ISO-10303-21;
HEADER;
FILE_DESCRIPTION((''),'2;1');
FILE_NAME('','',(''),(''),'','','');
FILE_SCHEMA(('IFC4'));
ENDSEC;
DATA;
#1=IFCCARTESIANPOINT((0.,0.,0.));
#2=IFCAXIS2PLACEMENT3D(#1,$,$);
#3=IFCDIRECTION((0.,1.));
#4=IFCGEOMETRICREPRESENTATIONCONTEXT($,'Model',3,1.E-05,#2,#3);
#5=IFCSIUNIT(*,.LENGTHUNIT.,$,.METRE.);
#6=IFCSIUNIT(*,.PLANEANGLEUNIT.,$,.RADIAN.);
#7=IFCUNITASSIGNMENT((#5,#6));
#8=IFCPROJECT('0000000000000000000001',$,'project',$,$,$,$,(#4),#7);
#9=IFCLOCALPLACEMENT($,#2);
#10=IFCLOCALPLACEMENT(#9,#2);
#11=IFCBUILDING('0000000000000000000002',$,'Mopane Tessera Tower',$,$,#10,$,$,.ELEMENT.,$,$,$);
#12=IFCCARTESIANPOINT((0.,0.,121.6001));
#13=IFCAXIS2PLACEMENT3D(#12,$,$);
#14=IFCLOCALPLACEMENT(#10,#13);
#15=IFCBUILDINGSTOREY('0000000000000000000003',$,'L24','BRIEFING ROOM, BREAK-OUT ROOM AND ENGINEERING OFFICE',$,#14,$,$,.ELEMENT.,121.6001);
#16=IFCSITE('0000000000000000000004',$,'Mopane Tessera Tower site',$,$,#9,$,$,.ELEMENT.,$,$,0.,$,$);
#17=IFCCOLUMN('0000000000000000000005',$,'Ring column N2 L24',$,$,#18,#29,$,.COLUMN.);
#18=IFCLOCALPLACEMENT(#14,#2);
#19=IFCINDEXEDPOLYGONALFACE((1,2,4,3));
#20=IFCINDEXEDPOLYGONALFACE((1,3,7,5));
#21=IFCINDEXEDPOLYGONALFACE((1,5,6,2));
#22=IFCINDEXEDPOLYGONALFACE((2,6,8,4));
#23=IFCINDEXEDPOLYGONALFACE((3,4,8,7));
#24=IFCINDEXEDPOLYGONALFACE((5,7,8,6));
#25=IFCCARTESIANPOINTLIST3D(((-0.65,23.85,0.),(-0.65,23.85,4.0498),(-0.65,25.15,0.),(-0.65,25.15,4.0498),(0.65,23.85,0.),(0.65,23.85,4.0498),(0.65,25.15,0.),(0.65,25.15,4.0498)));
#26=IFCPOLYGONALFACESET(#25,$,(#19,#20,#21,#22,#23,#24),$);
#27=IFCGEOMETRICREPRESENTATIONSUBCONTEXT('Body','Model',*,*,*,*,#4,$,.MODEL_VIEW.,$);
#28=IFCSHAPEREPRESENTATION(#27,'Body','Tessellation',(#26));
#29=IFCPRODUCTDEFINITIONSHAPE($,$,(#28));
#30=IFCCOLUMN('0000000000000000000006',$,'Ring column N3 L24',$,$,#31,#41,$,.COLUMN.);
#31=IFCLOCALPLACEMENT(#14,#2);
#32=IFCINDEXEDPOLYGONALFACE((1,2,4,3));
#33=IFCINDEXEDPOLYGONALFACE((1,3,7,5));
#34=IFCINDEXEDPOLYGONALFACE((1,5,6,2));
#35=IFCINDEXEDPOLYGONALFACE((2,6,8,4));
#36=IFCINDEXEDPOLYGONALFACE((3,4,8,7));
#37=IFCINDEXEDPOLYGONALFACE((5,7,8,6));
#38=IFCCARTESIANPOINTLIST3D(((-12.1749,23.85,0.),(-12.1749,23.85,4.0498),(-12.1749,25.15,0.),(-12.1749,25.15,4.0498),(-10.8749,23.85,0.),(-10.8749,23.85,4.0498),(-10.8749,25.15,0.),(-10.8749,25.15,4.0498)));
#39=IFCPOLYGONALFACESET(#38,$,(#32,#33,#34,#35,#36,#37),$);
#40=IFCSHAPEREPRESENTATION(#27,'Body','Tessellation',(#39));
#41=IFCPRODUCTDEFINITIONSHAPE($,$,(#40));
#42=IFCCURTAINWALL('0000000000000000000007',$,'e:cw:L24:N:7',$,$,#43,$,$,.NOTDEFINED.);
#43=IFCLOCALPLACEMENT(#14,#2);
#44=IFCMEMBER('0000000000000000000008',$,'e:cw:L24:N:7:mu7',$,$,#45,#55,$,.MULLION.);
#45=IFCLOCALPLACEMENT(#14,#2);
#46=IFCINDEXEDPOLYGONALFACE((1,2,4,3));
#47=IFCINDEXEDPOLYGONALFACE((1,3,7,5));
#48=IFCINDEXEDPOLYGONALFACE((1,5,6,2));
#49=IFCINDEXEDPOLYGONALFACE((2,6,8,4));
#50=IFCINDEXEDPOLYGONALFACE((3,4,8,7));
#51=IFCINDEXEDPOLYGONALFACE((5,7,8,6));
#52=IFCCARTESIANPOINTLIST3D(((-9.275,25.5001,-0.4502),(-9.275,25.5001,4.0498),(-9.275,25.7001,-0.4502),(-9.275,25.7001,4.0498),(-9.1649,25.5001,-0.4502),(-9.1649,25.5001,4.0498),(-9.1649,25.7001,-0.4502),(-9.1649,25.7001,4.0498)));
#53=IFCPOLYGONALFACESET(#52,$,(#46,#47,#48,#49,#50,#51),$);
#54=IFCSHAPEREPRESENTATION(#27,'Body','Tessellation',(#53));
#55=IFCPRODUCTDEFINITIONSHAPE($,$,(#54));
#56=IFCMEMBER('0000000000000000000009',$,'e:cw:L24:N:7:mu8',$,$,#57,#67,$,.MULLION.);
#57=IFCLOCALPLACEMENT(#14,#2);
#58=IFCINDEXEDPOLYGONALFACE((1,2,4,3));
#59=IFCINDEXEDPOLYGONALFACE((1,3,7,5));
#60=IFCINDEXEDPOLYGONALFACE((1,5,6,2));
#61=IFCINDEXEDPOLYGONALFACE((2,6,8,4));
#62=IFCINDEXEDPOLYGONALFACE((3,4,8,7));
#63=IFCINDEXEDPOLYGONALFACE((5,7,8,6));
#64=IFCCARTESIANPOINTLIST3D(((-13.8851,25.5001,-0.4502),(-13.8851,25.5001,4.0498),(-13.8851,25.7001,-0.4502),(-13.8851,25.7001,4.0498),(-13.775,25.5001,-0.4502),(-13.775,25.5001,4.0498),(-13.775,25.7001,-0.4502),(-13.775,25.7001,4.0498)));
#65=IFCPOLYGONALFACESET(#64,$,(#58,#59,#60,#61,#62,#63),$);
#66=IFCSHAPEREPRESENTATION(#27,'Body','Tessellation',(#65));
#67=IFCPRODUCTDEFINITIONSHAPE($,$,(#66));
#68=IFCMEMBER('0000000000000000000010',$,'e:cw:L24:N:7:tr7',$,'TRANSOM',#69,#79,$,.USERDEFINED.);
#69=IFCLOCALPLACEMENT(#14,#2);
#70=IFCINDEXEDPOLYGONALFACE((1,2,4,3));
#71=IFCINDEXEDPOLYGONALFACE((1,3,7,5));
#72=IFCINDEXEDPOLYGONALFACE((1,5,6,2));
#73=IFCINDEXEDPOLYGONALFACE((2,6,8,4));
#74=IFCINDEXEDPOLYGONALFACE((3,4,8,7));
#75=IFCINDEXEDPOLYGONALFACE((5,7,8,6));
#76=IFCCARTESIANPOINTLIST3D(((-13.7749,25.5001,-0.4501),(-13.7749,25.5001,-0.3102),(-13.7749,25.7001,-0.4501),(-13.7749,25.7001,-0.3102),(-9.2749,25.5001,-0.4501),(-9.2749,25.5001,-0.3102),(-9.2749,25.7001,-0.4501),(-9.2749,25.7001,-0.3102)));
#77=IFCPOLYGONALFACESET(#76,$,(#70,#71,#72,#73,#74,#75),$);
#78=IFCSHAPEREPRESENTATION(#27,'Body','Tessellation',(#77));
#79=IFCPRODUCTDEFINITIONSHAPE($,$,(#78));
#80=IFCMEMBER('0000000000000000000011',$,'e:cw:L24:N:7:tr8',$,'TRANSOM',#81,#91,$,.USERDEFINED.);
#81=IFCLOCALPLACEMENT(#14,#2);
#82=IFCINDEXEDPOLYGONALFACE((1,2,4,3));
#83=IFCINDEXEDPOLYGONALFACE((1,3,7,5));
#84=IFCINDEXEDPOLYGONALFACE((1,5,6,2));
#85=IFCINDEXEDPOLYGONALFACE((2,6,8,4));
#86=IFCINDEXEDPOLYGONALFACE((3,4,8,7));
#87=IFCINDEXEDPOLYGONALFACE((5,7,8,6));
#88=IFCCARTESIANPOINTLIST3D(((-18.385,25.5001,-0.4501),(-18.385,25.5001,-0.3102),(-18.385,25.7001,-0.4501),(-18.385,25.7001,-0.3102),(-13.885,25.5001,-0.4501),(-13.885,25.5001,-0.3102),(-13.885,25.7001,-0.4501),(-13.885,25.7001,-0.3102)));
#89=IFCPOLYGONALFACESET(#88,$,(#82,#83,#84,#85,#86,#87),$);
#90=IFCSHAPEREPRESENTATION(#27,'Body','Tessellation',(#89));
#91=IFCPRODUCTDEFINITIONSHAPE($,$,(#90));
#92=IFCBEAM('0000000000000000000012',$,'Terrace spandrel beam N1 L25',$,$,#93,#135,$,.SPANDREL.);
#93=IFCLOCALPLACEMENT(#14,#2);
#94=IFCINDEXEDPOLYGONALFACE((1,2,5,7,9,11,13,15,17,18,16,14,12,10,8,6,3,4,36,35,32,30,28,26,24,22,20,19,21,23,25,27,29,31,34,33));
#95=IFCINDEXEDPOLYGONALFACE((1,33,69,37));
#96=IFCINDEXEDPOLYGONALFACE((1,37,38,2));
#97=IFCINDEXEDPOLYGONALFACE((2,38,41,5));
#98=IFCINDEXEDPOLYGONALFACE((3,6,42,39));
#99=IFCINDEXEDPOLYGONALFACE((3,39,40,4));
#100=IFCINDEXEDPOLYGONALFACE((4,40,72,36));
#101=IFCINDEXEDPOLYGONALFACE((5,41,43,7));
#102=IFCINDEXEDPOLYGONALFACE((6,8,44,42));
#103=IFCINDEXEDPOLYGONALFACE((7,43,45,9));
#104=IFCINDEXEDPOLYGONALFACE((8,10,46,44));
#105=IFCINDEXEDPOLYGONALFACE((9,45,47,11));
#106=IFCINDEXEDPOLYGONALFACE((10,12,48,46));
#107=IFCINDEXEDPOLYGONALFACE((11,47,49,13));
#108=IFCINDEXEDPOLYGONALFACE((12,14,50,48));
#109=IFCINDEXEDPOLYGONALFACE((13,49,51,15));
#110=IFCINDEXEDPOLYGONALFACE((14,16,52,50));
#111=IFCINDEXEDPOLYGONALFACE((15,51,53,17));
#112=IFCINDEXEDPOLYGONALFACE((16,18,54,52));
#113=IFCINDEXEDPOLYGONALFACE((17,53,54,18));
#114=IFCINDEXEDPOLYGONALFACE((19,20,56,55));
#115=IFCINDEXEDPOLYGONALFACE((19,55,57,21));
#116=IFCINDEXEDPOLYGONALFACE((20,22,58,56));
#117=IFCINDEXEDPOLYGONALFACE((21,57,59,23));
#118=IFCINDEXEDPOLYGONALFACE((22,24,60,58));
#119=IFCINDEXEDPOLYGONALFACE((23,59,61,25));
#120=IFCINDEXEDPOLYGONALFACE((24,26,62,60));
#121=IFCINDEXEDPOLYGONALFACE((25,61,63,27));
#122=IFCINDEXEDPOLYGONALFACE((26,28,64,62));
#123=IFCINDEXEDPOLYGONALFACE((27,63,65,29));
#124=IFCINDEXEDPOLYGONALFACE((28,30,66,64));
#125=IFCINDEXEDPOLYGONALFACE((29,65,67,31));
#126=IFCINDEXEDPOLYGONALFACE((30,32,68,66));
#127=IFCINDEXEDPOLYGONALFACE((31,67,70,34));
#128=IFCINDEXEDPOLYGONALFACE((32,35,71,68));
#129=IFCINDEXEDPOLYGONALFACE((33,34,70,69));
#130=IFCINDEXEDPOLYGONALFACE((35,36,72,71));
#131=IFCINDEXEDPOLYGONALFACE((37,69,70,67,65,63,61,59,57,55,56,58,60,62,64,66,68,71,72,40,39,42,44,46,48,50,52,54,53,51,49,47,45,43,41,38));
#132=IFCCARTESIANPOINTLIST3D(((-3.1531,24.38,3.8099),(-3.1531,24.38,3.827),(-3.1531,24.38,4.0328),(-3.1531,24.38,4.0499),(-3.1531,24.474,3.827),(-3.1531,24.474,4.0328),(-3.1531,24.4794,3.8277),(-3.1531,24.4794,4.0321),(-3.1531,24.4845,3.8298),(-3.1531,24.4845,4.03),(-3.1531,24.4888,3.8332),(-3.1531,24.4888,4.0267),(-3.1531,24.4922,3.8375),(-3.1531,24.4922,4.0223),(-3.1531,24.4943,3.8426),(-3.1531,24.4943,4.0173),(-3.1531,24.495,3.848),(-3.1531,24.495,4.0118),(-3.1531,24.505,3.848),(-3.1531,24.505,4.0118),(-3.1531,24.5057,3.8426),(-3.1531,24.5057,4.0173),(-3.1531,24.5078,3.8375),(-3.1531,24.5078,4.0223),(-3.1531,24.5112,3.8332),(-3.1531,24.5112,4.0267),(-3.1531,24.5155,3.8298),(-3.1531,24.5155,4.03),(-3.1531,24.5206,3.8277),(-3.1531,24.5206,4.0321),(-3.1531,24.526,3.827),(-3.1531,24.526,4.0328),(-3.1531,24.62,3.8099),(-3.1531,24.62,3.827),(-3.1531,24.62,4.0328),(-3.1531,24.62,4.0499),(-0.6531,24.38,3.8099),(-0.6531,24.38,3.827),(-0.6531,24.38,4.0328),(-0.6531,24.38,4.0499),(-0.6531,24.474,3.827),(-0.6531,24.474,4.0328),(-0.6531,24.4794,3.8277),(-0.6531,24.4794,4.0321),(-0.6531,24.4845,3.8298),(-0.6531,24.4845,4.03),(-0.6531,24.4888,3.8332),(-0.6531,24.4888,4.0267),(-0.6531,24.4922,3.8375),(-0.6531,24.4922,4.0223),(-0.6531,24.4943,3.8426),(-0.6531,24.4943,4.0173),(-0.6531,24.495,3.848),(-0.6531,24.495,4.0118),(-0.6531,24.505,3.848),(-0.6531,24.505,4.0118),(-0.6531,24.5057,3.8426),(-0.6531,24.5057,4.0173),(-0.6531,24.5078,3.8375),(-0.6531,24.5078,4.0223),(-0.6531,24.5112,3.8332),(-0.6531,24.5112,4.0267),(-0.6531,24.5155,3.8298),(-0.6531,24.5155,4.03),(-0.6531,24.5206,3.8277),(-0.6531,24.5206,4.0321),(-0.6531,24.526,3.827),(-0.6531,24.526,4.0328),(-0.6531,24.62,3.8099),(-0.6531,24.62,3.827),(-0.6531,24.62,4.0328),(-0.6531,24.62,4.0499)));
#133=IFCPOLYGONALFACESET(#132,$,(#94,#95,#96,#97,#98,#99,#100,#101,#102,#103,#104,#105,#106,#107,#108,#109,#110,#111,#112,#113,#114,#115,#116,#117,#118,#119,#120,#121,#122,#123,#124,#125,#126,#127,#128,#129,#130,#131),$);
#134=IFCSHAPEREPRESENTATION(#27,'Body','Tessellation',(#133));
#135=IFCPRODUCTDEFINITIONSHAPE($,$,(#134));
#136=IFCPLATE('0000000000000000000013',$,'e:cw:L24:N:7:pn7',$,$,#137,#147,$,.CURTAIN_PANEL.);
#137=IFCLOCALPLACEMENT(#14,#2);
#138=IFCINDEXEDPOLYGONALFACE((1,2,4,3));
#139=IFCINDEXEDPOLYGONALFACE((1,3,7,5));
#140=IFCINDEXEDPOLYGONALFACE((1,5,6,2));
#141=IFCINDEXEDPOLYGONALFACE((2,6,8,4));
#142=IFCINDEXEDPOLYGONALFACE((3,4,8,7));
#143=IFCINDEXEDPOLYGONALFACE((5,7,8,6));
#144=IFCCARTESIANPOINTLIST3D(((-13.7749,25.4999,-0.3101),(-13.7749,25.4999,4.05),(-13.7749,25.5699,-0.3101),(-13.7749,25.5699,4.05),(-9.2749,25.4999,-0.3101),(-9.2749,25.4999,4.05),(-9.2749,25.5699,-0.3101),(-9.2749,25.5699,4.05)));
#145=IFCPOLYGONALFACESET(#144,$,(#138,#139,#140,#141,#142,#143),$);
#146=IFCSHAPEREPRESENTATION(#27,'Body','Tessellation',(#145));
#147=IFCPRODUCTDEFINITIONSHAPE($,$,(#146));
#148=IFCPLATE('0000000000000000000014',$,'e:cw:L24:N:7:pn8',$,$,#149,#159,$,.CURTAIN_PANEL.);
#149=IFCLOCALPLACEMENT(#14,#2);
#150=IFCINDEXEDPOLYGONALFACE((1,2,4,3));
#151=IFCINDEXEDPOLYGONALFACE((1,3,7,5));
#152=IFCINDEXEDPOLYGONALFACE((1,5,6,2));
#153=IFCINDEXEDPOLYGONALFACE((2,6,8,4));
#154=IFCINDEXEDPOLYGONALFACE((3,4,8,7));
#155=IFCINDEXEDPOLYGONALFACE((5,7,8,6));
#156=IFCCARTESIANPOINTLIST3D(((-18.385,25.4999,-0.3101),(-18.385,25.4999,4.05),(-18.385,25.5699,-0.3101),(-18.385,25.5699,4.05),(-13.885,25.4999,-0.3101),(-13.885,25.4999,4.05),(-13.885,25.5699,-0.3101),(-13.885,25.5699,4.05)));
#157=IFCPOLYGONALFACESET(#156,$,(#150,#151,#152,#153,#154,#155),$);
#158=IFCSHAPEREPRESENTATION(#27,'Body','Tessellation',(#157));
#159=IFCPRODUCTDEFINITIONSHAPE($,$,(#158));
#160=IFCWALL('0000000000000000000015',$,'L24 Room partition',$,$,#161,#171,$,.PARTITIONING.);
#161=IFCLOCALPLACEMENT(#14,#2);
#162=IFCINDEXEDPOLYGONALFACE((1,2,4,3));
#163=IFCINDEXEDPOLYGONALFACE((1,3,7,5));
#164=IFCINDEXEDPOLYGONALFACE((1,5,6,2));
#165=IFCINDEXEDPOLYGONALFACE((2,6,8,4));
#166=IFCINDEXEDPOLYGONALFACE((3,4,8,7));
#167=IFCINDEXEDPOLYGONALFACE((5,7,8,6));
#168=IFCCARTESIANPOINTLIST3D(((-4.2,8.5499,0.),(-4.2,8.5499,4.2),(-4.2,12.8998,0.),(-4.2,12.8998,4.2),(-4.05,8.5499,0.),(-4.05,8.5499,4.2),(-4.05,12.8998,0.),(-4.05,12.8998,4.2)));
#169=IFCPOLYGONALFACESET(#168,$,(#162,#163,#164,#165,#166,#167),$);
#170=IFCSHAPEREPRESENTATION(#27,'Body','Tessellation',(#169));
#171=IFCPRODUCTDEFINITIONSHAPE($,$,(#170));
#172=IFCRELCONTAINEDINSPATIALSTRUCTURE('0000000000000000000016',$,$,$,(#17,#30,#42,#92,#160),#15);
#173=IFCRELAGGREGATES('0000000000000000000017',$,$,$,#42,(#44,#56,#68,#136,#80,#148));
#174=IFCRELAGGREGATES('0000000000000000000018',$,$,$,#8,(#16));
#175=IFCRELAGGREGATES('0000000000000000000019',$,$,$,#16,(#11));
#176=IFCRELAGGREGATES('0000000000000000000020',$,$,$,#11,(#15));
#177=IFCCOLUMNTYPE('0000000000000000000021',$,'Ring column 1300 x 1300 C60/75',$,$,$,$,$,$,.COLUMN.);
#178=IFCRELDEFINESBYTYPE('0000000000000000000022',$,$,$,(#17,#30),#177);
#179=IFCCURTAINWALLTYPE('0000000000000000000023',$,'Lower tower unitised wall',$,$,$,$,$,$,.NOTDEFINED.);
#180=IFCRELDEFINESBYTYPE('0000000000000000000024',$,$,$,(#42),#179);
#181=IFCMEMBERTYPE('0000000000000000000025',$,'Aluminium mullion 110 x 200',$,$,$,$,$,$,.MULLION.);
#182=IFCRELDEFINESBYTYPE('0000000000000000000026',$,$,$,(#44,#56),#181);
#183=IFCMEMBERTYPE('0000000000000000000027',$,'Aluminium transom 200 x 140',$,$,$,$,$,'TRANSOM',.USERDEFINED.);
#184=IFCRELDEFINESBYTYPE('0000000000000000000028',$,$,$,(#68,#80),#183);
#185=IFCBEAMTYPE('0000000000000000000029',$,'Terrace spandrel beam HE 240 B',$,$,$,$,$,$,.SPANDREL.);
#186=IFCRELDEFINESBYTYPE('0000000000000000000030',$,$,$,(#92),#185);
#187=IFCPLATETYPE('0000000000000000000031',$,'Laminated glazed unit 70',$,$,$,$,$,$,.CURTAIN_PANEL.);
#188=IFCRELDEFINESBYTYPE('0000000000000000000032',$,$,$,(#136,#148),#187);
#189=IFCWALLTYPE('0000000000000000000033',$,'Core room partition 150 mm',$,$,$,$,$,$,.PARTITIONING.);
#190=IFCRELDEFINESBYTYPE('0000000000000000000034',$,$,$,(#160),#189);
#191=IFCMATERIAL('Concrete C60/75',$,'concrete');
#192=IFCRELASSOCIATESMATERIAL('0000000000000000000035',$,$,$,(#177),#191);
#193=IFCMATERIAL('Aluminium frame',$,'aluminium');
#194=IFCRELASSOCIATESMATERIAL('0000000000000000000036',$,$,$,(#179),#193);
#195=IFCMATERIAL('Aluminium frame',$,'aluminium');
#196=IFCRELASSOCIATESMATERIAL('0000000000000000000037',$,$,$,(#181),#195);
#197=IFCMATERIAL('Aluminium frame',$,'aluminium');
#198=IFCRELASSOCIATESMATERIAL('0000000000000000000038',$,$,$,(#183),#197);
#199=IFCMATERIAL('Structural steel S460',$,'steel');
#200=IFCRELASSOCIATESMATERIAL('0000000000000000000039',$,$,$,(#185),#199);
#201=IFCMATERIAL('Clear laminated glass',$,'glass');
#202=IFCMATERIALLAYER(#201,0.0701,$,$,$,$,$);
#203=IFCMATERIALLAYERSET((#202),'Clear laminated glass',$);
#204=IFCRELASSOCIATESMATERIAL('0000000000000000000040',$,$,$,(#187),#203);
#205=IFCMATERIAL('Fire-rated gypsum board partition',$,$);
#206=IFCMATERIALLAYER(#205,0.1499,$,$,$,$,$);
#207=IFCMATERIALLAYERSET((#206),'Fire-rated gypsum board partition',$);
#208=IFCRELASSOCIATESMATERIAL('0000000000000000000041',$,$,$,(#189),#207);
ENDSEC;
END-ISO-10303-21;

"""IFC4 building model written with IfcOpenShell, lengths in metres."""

from ifc_helpers import new_model, si_unit, direction, frame, frame_2d, origin, origin_2d, place, context, subcontext, project, spatial, rectangle, i_section, extrude, material, layer, layer_set, material_profile, profile_set, type_object, element, aggregate, save


model = new_model("IFC4")

# Units and contexts
model_context = context("Model", 3, precision=1e-05, world=origin(), true_north=direction((0.0, 1.0)))
body_context = subcontext(model_context, "Body", "Model", "MODEL_VIEW")
ifc_project = project(units=[si_unit("LENGTHUNIT", "METRE"), si_unit("PLANEANGLEUNIT", "RADIAN")], contexts=[model_context])

# Site, building, storey
site_placement = place(None, origin())
site = spatial("IfcSite", under=ifc_project, at=site_placement, Name="Mopane Tessera Tower site", CompositionType="ELEMENT", RefElevation=0.0)
building_placement = place(site_placement, origin())
building = spatial("IfcBuilding", under=site, at=building_placement, Name="Mopane Tessera Tower", CompositionType="ELEMENT")
storey_placement = place(building_placement, frame((0.0, 0.0, 121.6001)))
storey = spatial("IfcBuildingStorey", under=building, at=storey_placement, Name="L24", Description="BRIEFING ROOM, BREAK-OUT ROOM AND ENGINEERING OFFICE", CompositionType="ELEMENT", Elevation=121.6001)

# Columns
ifc_material_1 = material(Name="Concrete C60/75", Category="concrete")
ifc_material_profile_1 = material_profile(ifc_material_1, rectangle(XDim=1.3, YDim=1.3, at=origin_2d()))
ifc_profile_set_1 = profile_set([ifc_material_profile_1], Name="Concrete C60/75")
column_type = type_object("IfcColumnType", Name="Ring column 1300 x 1300 C60/75", PredefinedType="COLUMN", material=ifc_profile_set_1)
for number, where, z_axis, x_axis, name in (
    (1, (0.0, 24.5, 0.0), (0.0, 0.0, 1.0), (1.0, 0.0, 0.0), "Ring column N2 L24"),
    (2, (-11.5249, 24.5, 0.0), (0.0, 0.0, 1.0), (1.0, 0.0, 0.0), "Ring column N3 L24"),
):
    element("IfcColumn", number, at=place(storey_placement, frame(where, z_axis=z_axis, x_axis=x_axis)), inside=storey, type_object=column_type, Name=name, PredefinedType="COLUMN", context=body_context, shape_type="SweptSolid", body=[
        extrude(rectangle(XDim=1.3, YDim=1.3, at=origin_2d()), origin(), (0.0, 0.0, 1.0), 4.0498),
    ])

# Curtain wall, members
ifc_material_2 = material(Name="Aluminium frame", Category="aluminium")
curtain_wall_type = type_object("IfcCurtainWallType", Name="Lower tower unitised wall", PredefinedType="NOTDEFINED", material=ifc_material_2)
curtain_wall_placement = place(storey_placement, origin())
curtain_wall = element("IfcCurtainWall", 3, at=curtain_wall_placement, inside=storey, type_object=curtain_wall_type, Name="e:cw:L24:N:7", PredefinedType="NOTDEFINED")
ifc_material_3 = material(Name="Aluminium frame", Category="aluminium")
ifc_material_profile_2 = material_profile(ifc_material_3, rectangle(XDim=0.1101, YDim=0.2, at=origin_2d()))
ifc_profile_set_2 = profile_set([ifc_material_profile_2], Name="Aluminium frame")
member_type_1 = type_object("IfcMemberType", Name="Aluminium mullion 110 x 200", PredefinedType="MULLION", material=ifc_profile_set_2)
member_1_placement = place(storey_placement, frame((-9.22, 25.6001, -0.4502), z_axis=(0.0, 0.0, 1.0), x_axis=(-1.0, 0.0, 0.0)))
member_1 = element("IfcMember", 4, at=member_1_placement, type_object=member_type_1, Name="e:cw:L24:N:7:mu7", PredefinedType="MULLION", context=body_context, shape_type="SweptSolid", body=[
    extrude(rectangle(XDim=0.1101, YDim=0.2, at=origin_2d()), origin(), (0.0, 0.0, 1.0), 4.5),
])
member_2_placement = place(storey_placement, frame((-13.8301, 25.6001, -0.4502), z_axis=(0.0, 0.0, 1.0), x_axis=(-1.0, 0.0, 0.0)))
member_2 = element("IfcMember", 5, at=member_2_placement, type_object=member_type_1, Name="e:cw:L24:N:7:mu8", PredefinedType="MULLION", context=body_context, shape_type="SweptSolid", body=[
    extrude(rectangle(XDim=0.1101, YDim=0.2, at=origin_2d()), origin(), (0.0, 0.0, 1.0), 4.5),
])
ifc_material_4 = material(Name="Aluminium frame", Category="aluminium")
ifc_material_profile_3 = material_profile(ifc_material_4, rectangle(XDim=0.2, YDim=0.1399, at=origin_2d()))
ifc_profile_set_3 = profile_set([ifc_material_profile_3], Name="Aluminium frame")
member_type_2 = type_object("IfcMemberType", Name="Aluminium transom 200 x 140", ElementType="TRANSOM", PredefinedType="USERDEFINED", material=ifc_profile_set_3)
member_3_placement = place(storey_placement, frame((-9.2749, 25.6001, -0.3801), z_axis=(-1.0, 0.0, 0.0), x_axis=(0.0, -1.0, 0.0)))
member_3 = element("IfcMember", 6, at=member_3_placement, type_object=member_type_2, Name="e:cw:L24:N:7:tr7", ObjectType="TRANSOM", PredefinedType="USERDEFINED", context=body_context, shape_type="SweptSolid", body=[
    extrude(rectangle(XDim=0.2, YDim=0.1399, at=origin_2d()), origin(), (0.0, 0.0, 1.0), 4.5),
])
member_4_placement = place(storey_placement, frame((-13.885, 25.6001, -0.3801), z_axis=(-1.0, 0.0, 0.0), x_axis=(0.0, -1.0, 0.0)))
member_4 = element("IfcMember", 7, at=member_4_placement, type_object=member_type_2, Name="e:cw:L24:N:7:tr8", ObjectType="TRANSOM", PredefinedType="USERDEFINED", context=body_context, shape_type="SweptSolid", body=[
    extrude(rectangle(XDim=0.2, YDim=0.1399, at=origin_2d()), origin(), (0.0, 0.0, 1.0), 4.5),
])

# Beam
ifc_material_5 = material(Name="Structural steel S460", Category="steel")
ifc_material_profile_4 = material_profile(ifc_material_5, i_section(OverallWidth=0.24, OverallDepth=0.24, WebThickness=0.01, FlangeThickness=0.0171, FilletRadius=0.021, at=origin_2d()))
ifc_profile_set_4 = profile_set([ifc_material_profile_4], Name="Structural steel S460")
beam_type = type_object("IfcBeamType", Name="Terrace spandrel beam HE 240 B", PredefinedType="SPANDREL", material=ifc_profile_set_4)
beam_placement = place(storey_placement, frame((-0.6531, 24.5, 3.9299), z_axis=(-1.0, 0.0, 0.0), x_axis=(0.0, -1.0, 0.0)))
element("IfcBeam", 8, at=beam_placement, inside=storey, type_object=beam_type, Name="Terrace spandrel beam N1 L25", PredefinedType="SPANDREL", context=body_context, shape_type="SweptSolid", body=[
    extrude(i_section(OverallWidth=0.24, OverallDepth=0.24, WebThickness=0.01, FlangeThickness=0.0171, FilletRadius=0.021, at=origin_2d()), origin(), (0.0, 0.0, 1.0), 2.5),
])

# Plates
ifc_material_6 = material(Name="Clear laminated glass", Category="glass")
ifc_layer_1 = layer(ifc_material_6, 0.0701)
ifc_layer_set_1 = layer_set([ifc_layer_1], Name="Clear laminated glass")
plate_type = type_object("IfcPlateType", Name="Laminated glazed unit 70", PredefinedType="CURTAIN_PANEL", material=ifc_layer_set_1)
plate_1_placement = place(storey_placement, frame((-11.5249, 25.5349, -0.3101), z_axis=(0.0, 0.0, 1.0), x_axis=(-1.0, 0.0, 0.0)))
plate_1 = element("IfcPlate", 9, at=plate_1_placement, type_object=plate_type, Name="e:cw:L24:N:7:pn7", PredefinedType="CURTAIN_PANEL", context=body_context, shape_type="SweptSolid", body=[
    extrude(rectangle(XDim=4.5, YDim=0.0701, at=origin_2d()), origin(), (0.0, 0.0, 1.0), 4.3601),
])
plate_2_placement = place(storey_placement, frame((-16.135, 25.5349, -0.3101), z_axis=(0.0, 0.0, 1.0), x_axis=(-1.0, 0.0, 0.0)))
plate_2 = element("IfcPlate", 10, at=plate_2_placement, type_object=plate_type, Name="e:cw:L24:N:7:pn8", PredefinedType="CURTAIN_PANEL", context=body_context, shape_type="SweptSolid", body=[
    extrude(rectangle(XDim=4.5, YDim=0.0701, at=origin_2d()), origin(), (0.0, 0.0, 1.0), 4.3601),
])
aggregate(curtain_wall, [member_1, member_2, member_3, plate_1, member_4, plate_2])

# Wall
ifc_material_7 = material(Name="Fire-rated gypsum board partition")
ifc_layer_2 = layer(ifc_material_7, 0.1499)
ifc_layer_set_2 = layer_set([ifc_layer_2], Name="Fire-rated gypsum board partition")
wall_type_1 = type_object("IfcWallType", Name="Core room partition 150 mm", PredefinedType="PARTITIONING", material=ifc_layer_set_2)
wall_1_placement = place(storey_placement, frame((-4.125, 8.55, 0.0), z_axis=(0.0, 0.0, 1.0), x_axis=(0.0, 1.0, 0.0)))
element("IfcWall", 11, at=wall_1_placement, inside=storey, type_object=wall_type_1, Name="L24 Room partition", PredefinedType="PARTITIONING", context=body_context, shape_type="SweptSolid", body=[
    extrude(rectangle(XDim=4.3499, YDim=0.1499, at=frame_2d((2.1748, 0.0))), origin(), (0.0, 0.0, 1.0), 4.2),
])

save(model, "model.ifc")
